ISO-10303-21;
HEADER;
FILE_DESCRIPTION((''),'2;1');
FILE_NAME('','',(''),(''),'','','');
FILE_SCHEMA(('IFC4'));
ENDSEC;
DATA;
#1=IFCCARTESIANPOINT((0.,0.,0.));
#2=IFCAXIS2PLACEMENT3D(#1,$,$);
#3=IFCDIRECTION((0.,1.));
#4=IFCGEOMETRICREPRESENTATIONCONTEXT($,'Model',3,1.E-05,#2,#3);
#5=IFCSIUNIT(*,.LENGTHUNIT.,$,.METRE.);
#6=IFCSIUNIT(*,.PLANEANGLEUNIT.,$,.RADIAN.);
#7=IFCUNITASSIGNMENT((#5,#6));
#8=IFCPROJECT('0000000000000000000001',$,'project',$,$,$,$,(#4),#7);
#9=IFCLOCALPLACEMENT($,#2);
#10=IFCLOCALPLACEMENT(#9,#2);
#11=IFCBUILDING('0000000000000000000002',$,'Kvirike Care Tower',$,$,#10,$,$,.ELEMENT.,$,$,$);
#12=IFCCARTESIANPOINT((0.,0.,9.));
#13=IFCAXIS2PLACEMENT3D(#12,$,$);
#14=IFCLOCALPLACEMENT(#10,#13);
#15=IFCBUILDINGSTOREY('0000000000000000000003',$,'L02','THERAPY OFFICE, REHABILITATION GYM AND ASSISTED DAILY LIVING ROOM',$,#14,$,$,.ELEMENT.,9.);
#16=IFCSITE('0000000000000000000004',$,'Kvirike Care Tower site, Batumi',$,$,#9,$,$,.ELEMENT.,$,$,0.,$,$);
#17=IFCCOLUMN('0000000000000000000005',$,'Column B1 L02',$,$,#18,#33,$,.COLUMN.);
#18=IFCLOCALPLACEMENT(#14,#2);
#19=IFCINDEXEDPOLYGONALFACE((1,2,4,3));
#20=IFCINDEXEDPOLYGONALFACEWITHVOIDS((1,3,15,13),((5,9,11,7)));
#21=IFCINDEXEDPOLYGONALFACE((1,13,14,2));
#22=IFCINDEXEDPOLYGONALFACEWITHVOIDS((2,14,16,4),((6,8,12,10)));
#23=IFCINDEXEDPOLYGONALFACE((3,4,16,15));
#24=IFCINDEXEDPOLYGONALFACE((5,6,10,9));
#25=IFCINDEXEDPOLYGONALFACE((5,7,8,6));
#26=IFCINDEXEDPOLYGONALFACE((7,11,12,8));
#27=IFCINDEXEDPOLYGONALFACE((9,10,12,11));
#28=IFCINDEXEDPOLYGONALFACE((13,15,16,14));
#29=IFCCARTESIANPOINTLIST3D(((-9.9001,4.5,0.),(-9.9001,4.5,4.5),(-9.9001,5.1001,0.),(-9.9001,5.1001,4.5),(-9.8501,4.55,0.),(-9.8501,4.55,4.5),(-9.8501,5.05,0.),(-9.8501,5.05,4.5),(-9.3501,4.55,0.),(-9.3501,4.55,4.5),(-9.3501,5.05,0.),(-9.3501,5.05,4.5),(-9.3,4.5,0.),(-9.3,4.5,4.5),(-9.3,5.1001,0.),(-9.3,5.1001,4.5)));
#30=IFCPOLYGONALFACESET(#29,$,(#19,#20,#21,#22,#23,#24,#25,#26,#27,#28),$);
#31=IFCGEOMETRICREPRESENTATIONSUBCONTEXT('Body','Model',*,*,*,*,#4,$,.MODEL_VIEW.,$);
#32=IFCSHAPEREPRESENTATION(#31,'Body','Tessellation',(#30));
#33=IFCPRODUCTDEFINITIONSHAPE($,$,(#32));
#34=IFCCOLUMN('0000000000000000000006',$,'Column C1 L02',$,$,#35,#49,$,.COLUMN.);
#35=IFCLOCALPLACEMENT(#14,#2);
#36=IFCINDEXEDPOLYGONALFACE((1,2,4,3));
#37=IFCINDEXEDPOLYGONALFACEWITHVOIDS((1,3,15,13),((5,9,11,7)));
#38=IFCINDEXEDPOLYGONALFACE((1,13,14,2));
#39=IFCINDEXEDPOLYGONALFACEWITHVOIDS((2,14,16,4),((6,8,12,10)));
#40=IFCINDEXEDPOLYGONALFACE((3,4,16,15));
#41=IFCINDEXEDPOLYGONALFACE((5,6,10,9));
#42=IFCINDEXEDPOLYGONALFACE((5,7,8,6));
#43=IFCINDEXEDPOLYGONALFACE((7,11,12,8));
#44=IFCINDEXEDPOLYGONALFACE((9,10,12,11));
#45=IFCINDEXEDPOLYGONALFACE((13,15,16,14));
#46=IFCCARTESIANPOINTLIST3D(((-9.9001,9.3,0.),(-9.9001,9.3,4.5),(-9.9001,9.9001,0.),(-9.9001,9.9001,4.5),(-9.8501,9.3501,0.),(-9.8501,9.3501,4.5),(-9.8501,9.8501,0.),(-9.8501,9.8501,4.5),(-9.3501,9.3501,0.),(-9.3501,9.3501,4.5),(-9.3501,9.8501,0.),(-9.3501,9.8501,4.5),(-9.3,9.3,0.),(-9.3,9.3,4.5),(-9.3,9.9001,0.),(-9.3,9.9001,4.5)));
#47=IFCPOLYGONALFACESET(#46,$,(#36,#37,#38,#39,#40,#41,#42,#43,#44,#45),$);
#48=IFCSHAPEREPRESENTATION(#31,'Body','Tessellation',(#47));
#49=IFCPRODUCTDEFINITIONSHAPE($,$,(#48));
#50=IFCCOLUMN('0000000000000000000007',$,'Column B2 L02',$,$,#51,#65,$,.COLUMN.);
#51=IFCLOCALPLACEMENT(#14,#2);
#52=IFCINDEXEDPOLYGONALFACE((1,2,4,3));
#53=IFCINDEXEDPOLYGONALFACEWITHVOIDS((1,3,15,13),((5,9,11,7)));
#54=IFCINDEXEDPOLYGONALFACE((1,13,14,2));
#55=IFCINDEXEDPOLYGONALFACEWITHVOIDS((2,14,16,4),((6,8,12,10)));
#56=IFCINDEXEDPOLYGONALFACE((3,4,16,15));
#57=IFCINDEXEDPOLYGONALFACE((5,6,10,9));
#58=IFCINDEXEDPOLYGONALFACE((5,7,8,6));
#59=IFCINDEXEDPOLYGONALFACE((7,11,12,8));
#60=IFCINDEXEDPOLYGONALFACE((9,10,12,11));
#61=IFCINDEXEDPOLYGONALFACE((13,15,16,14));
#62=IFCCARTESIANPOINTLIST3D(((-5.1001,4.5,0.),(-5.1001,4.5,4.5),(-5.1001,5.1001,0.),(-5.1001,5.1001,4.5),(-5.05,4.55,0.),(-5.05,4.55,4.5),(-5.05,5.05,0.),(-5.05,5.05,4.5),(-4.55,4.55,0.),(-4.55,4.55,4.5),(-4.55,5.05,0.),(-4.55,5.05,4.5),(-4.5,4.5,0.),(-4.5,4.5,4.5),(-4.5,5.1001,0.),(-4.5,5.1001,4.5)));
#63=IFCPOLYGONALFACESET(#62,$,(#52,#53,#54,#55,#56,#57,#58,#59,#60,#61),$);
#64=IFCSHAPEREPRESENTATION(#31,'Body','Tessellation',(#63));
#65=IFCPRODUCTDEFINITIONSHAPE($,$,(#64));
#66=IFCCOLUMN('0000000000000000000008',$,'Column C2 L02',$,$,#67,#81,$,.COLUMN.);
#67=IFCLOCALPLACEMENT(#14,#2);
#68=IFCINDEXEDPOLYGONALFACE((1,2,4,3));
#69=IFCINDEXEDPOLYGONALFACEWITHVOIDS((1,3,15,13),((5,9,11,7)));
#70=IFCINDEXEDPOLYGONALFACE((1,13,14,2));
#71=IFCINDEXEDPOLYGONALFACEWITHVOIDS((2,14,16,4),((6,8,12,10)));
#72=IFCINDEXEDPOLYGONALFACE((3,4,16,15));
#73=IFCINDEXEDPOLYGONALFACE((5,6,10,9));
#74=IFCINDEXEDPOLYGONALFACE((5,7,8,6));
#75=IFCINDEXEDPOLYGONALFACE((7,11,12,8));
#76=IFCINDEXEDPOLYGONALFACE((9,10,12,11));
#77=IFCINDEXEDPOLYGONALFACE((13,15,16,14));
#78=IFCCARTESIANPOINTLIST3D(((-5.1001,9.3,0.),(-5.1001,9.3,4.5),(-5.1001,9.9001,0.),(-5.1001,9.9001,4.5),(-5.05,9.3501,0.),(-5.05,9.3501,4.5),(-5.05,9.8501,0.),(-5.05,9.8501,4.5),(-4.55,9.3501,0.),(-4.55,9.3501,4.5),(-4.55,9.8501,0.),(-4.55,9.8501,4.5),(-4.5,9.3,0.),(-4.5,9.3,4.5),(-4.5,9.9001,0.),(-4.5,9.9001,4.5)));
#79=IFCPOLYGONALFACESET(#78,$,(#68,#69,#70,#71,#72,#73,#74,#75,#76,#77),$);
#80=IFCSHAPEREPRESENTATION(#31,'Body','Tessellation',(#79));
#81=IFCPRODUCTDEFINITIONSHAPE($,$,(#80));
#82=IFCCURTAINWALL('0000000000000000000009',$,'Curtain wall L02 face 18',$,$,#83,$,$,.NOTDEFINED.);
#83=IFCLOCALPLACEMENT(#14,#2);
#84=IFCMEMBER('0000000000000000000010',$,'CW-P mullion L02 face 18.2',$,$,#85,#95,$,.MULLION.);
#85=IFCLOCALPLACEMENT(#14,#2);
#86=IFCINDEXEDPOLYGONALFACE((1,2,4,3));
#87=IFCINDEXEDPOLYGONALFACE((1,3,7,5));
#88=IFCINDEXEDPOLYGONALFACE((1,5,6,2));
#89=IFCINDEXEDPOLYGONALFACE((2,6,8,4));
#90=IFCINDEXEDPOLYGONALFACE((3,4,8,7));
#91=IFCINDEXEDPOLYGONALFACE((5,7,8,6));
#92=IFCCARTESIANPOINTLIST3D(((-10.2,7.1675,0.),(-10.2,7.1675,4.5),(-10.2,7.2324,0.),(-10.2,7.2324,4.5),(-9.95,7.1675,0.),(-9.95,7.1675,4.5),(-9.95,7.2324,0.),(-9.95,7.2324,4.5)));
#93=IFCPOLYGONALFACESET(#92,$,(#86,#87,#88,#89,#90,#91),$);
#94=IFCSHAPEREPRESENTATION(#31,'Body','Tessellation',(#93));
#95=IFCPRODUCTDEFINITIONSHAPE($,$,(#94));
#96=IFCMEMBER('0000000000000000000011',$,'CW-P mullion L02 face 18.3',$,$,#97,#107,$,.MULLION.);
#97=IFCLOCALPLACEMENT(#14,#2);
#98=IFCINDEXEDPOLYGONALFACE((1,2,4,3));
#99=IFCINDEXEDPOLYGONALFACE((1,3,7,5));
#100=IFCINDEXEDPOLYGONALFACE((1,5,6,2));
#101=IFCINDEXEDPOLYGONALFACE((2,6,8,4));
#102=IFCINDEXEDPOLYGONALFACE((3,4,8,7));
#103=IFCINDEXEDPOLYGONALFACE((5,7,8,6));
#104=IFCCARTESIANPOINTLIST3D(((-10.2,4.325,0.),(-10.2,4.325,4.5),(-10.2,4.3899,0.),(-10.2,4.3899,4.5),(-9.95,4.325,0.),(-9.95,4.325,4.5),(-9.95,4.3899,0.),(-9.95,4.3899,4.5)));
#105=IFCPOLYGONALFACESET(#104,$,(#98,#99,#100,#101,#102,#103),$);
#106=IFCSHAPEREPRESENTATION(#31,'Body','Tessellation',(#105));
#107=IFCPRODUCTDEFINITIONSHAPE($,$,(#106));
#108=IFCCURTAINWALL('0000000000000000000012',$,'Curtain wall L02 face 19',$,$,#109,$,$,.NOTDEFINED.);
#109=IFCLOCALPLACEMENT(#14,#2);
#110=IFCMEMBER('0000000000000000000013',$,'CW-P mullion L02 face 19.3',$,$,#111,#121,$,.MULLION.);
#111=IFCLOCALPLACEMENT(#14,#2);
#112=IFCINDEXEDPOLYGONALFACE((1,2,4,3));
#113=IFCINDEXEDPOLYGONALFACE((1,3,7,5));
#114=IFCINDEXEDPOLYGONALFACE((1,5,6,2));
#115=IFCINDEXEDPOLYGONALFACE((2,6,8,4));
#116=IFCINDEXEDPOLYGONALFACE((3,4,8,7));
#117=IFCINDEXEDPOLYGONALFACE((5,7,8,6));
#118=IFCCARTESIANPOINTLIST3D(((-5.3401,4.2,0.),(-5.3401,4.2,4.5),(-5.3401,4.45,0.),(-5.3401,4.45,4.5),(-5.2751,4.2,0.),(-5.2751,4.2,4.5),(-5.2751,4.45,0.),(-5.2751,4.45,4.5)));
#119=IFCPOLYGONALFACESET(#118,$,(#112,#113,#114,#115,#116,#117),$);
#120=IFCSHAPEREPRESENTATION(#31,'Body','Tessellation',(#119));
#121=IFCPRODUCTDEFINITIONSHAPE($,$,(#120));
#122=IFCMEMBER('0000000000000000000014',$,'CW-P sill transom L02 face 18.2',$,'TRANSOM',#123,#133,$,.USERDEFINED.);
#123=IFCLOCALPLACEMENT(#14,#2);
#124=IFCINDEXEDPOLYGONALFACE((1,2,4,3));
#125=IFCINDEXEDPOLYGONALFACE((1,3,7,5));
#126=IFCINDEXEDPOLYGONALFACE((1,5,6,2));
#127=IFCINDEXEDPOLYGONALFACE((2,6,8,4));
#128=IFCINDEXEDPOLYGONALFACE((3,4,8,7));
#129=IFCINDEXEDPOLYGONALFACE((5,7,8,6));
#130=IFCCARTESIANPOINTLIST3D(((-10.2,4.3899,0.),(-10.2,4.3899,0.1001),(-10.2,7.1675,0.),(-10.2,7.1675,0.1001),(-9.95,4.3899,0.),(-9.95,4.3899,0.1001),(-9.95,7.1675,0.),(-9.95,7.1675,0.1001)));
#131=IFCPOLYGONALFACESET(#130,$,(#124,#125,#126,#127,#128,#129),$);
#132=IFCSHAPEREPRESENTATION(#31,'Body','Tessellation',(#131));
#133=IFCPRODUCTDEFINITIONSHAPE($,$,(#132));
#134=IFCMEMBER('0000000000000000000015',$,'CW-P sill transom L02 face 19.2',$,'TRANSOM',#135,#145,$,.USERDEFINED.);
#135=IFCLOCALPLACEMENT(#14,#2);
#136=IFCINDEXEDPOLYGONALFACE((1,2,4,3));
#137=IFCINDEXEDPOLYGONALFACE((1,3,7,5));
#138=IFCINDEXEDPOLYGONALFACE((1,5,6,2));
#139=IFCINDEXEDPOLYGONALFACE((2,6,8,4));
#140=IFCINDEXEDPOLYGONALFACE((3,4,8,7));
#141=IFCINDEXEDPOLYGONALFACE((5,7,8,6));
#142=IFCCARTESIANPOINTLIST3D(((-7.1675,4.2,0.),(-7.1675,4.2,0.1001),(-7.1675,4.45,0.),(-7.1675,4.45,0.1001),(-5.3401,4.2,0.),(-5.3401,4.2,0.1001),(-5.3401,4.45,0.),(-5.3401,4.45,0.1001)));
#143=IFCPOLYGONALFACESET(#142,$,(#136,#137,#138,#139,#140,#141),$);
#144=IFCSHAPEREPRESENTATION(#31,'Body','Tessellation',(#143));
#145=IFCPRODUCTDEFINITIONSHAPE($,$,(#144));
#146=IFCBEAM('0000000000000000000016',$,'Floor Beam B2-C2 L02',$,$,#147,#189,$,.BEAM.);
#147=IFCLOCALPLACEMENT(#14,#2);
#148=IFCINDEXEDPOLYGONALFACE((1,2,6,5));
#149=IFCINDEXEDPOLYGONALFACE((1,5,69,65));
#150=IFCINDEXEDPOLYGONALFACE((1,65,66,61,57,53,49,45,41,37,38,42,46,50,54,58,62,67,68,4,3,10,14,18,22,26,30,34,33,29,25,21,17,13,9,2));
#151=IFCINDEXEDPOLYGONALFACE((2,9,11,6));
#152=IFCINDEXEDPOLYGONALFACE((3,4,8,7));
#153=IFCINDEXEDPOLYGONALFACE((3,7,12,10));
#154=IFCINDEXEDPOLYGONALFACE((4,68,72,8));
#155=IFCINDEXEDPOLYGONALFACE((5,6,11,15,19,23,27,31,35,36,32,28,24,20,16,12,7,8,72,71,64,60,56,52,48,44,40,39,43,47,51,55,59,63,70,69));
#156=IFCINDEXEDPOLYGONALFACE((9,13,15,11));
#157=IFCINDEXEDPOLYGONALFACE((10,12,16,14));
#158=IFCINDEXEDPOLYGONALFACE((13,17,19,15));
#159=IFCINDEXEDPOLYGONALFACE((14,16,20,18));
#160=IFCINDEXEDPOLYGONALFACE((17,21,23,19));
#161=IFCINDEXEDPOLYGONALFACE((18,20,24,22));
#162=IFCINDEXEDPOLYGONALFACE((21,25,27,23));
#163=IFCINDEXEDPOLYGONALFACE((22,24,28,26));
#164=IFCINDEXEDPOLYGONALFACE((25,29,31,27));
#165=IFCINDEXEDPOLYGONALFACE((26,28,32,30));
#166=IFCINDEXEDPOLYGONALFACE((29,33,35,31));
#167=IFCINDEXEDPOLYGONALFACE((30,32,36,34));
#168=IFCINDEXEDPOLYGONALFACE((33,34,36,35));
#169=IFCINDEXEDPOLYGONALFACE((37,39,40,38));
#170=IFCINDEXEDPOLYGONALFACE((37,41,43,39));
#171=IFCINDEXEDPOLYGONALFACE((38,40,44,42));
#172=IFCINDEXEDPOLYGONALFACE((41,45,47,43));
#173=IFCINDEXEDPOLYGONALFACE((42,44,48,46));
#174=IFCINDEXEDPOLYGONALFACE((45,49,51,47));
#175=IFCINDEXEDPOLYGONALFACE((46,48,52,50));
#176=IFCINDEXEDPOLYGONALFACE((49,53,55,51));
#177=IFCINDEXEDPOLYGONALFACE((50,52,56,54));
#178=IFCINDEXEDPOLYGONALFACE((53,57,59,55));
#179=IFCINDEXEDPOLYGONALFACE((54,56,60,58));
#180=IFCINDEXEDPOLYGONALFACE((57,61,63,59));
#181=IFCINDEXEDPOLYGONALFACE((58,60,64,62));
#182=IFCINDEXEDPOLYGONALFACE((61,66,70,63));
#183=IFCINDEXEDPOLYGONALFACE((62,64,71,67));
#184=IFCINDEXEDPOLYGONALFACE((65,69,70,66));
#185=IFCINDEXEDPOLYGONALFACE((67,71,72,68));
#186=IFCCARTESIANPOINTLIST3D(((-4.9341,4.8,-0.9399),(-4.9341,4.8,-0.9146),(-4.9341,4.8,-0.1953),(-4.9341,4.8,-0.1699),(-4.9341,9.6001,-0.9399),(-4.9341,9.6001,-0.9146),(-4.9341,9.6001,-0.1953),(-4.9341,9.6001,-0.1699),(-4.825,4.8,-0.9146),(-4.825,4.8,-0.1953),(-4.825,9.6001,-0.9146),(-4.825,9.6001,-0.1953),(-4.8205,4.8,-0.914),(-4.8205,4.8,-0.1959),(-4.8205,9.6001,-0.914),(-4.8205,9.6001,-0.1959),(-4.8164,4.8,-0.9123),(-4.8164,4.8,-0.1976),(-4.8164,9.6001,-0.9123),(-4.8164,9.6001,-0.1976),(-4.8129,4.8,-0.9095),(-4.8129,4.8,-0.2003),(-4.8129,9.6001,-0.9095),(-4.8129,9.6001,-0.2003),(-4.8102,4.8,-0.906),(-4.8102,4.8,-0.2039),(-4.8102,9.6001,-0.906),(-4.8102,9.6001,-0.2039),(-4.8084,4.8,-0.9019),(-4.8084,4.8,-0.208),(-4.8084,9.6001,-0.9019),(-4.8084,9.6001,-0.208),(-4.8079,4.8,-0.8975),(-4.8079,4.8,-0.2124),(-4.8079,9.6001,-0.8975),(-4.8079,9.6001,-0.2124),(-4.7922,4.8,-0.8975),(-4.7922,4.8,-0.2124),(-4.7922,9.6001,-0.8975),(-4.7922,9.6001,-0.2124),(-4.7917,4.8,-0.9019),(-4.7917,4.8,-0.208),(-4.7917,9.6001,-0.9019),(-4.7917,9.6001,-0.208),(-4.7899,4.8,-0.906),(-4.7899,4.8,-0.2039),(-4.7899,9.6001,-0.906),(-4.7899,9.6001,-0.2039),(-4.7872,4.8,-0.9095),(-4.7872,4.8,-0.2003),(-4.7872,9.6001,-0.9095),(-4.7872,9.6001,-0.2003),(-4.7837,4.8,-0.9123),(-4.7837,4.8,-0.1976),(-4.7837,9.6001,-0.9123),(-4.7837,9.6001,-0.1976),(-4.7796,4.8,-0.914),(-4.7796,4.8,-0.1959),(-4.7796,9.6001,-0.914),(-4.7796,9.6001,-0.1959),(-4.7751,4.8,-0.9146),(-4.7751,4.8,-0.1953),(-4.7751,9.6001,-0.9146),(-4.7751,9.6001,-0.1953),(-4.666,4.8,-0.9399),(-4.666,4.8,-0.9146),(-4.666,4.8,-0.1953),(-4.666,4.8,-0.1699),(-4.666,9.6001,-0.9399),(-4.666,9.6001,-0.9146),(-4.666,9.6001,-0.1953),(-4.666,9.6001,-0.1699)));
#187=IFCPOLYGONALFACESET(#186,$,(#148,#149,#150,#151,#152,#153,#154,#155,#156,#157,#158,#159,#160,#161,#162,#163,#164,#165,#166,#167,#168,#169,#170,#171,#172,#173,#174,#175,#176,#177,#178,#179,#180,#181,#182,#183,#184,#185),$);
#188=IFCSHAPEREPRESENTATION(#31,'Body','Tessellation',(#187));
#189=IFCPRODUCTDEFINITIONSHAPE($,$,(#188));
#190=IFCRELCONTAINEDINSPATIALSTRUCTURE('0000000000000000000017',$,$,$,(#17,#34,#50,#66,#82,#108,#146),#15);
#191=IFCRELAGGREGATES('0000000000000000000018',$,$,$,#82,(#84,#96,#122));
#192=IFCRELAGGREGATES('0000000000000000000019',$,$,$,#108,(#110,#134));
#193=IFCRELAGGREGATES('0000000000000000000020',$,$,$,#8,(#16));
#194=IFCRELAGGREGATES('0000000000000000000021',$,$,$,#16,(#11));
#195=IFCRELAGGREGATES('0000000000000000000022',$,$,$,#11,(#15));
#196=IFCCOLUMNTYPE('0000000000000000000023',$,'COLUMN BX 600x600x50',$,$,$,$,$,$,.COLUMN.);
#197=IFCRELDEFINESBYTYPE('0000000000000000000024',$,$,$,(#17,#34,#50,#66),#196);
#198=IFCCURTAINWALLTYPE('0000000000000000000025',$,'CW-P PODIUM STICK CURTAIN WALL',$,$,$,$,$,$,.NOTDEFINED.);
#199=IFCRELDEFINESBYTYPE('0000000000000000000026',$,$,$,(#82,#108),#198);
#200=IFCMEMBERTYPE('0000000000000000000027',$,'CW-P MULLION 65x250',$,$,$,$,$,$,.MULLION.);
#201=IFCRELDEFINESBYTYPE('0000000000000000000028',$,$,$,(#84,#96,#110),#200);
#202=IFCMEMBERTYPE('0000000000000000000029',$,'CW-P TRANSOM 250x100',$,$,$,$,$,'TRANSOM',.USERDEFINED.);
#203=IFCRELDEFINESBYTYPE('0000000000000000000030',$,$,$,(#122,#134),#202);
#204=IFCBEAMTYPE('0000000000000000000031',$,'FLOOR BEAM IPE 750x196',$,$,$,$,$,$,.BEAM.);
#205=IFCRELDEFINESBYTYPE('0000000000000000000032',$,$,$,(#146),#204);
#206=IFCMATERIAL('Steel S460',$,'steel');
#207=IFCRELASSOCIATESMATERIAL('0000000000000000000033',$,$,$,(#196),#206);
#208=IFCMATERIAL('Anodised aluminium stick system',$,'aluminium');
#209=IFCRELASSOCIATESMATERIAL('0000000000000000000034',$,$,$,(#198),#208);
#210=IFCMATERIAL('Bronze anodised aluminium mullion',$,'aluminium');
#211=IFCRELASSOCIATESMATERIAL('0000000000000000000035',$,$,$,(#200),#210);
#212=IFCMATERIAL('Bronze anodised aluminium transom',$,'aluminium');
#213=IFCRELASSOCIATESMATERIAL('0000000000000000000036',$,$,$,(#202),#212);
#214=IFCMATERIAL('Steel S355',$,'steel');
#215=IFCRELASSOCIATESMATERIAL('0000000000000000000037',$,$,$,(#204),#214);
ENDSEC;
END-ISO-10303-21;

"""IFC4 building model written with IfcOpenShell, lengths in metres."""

from ifc_helpers import new_model, si_unit, direction, frame, origin, origin_2d, place, context, subcontext, project, spatial, rectangle, hollow_rectangle, i_section, extrude, material, material_profile, profile_set, type_object, element, aggregate, save


model = new_model("IFC4")

# Units and contexts
model_context = context("Model", 3, precision=1e-05, world=origin(), true_north=direction((0.0, 1.0)))
body_context = subcontext(model_context, "Body", "Model", "MODEL_VIEW")
ifc_project = project(units=[si_unit("LENGTHUNIT", "METRE"), si_unit("PLANEANGLEUNIT", "RADIAN")], contexts=[model_context])

# Site, building, storey
site_placement = place(None, origin())
site = spatial("IfcSite", under=ifc_project, at=site_placement, Name="Kvirike Care Tower site, Batumi", CompositionType="ELEMENT", RefElevation=0.0)
building_placement = place(site_placement, origin())
building = spatial("IfcBuilding", under=site, at=building_placement, Name="Kvirike Care Tower", CompositionType="ELEMENT")
storey_placement = place(building_placement, frame((0.0, 0.0, 9.0)))
storey = spatial("IfcBuildingStorey", under=building, at=storey_placement, Name="L02", Description="THERAPY OFFICE, REHABILITATION GYM AND ASSISTED DAILY LIVING ROOM", CompositionType="ELEMENT", Elevation=9.0)

# Columns
ifc_material_1 = material(Name="Steel S460", Category="steel")
ifc_material_profile_1 = material_profile(ifc_material_1, hollow_rectangle(XDim=0.6001, YDim=0.6001, WallThickness=0.05, at=origin_2d()), Name="BX 600x600x50")
ifc_profile_set_1 = profile_set([ifc_material_profile_1], Name="Steel S460")
column_type = type_object("IfcColumnType", Name="COLUMN BX 600x600x50", PredefinedType="COLUMN", material=ifc_profile_set_1)
for number, where, z_axis, x_axis, name in (
    (1, (-9.6001, 4.8, 0.0), (0.0, 0.0, 1.0), (0.0, 1.0, 0.0), "Column B1 L02"),
    (2, (-9.6001, 9.6001, 0.0), (0.0, 0.0, 1.0), (0.0, 1.0, 0.0), "Column C1 L02"),
    (3, (-4.8, 4.8, 0.0), (0.0, 0.0, 1.0), (0.0, 1.0, 0.0), "Column B2 L02"),
    (4, (-4.8, 9.6001, 0.0), (0.0, 0.0, 1.0), (0.0, 1.0, 0.0), "Column C2 L02"),
):
    element("IfcColumn", number, at=place(storey_placement, frame(where, z_axis=z_axis, x_axis=x_axis)), inside=storey, type_object=column_type, Name=name, PredefinedType="COLUMN", context=body_context, shape_type="SweptSolid", body=[
        extrude(hollow_rectangle(XDim=0.6001, YDim=0.6001, WallThickness=0.05, at=origin_2d()), origin(), (0.0, 0.0, 1.0), 4.5),
    ])

# Curtain wall, members
ifc_material_2 = material(Name="Anodised aluminium stick system", Category="aluminium")
curtain_wall_type = type_object("IfcCurtainWallType", Name="CW-P PODIUM STICK CURTAIN WALL", PredefinedType="NOTDEFINED", material=ifc_material_2)
curtain_wall_1_placement = place(storey_placement, origin())
curtain_wall_1 = element("IfcCurtainWall", 5, at=curtain_wall_1_placement, inside=storey, type_object=curtain_wall_type, Name="Curtain wall L02 face 18", PredefinedType="NOTDEFINED")
ifc_material_3 = material(Name="Bronze anodised aluminium mullion", Category="aluminium")
ifc_material_profile_2 = material_profile(ifc_material_3, rectangle(XDim=0.0649, YDim=0.25, at=origin_2d()), Name="CW-P MULLION 65x250")
ifc_profile_set_2 = profile_set([ifc_material_profile_2], Name="Bronze anodised aluminium mullion")
member_type_1 = type_object("IfcMemberType", Name="CW-P MULLION 65x250", PredefinedType="MULLION", material=ifc_profile_set_2)
member_1_placement = place(storey_placement, frame((-10.075, 7.2, 0.0), z_axis=(0.0, 0.0, 1.0), x_axis=(0.0, -1.0, 0.0)))
member_1 = element("IfcMember", 6, at=member_1_placement, type_object=member_type_1, Name="CW-P mullion L02 face 18.2", PredefinedType="MULLION", context=body_context, shape_type="SweptSolid", body=[
    extrude(rectangle(XDim=0.0649, YDim=0.25, at=origin_2d()), origin(), (0.0, 0.0, 1.0), 4.5),
])
member_2_placement = place(storey_placement, frame((-10.075, 4.3574, 0.0), z_axis=(0.0, 0.0, 1.0), x_axis=(0.0, -1.0, 0.0)))
member_2 = element("IfcMember", 7, at=member_2_placement, type_object=member_type_1, Name="CW-P mullion L02 face 18.3", PredefinedType="MULLION", context=body_context, shape_type="SweptSolid", body=[
    extrude(rectangle(XDim=0.0649, YDim=0.25, at=origin_2d()), origin(), (0.0, 0.0, 1.0), 4.5),
])

# Curtain wall, member
curtain_wall_2_placement = place(storey_placement, origin())
curtain_wall_2 = element("IfcCurtainWall", 8, at=curtain_wall_2_placement, inside=storey, type_object=curtain_wall_type, Name="Curtain wall L02 face 19", PredefinedType="NOTDEFINED")
member_3_placement = place(storey_placement, frame((-5.3076, 4.325, 0.0), z_axis=(0.0, 0.0, 1.0), x_axis=(1.0, 0.0, 0.0)))
member_3 = element("IfcMember", 9, at=member_3_placement, type_object=member_type_1, Name="CW-P mullion L02 face 19.3", PredefinedType="MULLION", context=body_context, shape_type="SweptSolid", body=[
    extrude(rectangle(XDim=0.0649, YDim=0.25, at=origin_2d()), origin(), (0.0, 0.0, 1.0), 4.5),
])

# Members
ifc_material_4 = material(Name="Bronze anodised aluminium transom", Category="aluminium")
ifc_material_profile_3 = material_profile(ifc_material_4, rectangle(XDim=0.25, YDim=0.1001, at=origin_2d()), Name="CW-P TRANSOM 250x100")
ifc_profile_set_3 = profile_set([ifc_material_profile_3], Name="Bronze anodised aluminium transom")
member_type_2 = type_object("IfcMemberType", Name="CW-P TRANSOM 250x100", ElementType="TRANSOM", PredefinedType="USERDEFINED", material=ifc_profile_set_3)
member_4_placement = place(storey_placement, frame((-10.075, 7.1675, 0.05), z_axis=(0.0, -1.0, 0.0), x_axis=(1.0, 0.0, 0.0)))
member_4 = element("IfcMember", 10, at=member_4_placement, type_object=member_type_2, Name="CW-P sill transom L02 face 18.2", ObjectType="TRANSOM", PredefinedType="USERDEFINED", context=body_context, shape_type="SweptSolid", body=[
    extrude(rectangle(XDim=0.25, YDim=0.1001, at=origin_2d()), origin(), (0.0, 0.0, 1.0), 2.7776),
])
member_5_placement = place(storey_placement, frame((-7.1675, 4.325, 0.05), z_axis=(1.0, 0.0, 0.0), x_axis=(0.0, 1.0, 0.0)))
member_5 = element("IfcMember", 11, at=member_5_placement, type_object=member_type_2, Name="CW-P sill transom L02 face 19.2", ObjectType="TRANSOM", PredefinedType="USERDEFINED", context=body_context, shape_type="SweptSolid", body=[
    extrude(rectangle(XDim=0.25, YDim=0.1001, at=origin_2d()), origin(), (0.0, 0.0, 1.0), 1.8274),
])

# Beam
ifc_material_5 = material(Name="Steel S355", Category="steel")
ifc_material_profile_4 = material_profile(ifc_material_5, i_section(OverallWidth=0.2681, OverallDepth=0.77, WebThickness=0.0156, FlangeThickness=0.0254, FilletRadius=0.0171, at=origin_2d()), Name="IPE 750x196")
ifc_profile_set_4 = profile_set([ifc_material_profile_4], Name="Steel S355")
beam_type_1 = type_object("IfcBeamType", Name="FLOOR BEAM IPE 750x196", PredefinedType="BEAM", material=ifc_profile_set_4)
beam_placement = place(storey_placement, frame((-4.8, 4.8, -0.5549), z_axis=(0.0, 1.0, 0.0), x_axis=(-1.0, 0.0, 0.0)))
element("IfcBeam", 12, at=beam_placement, inside=storey, type_object=beam_type_1, Name="Floor Beam B2-C2 L02", PredefinedType="BEAM", context=body_context, shape_type="SweptSolid", body=[
    extrude(i_section(OverallWidth=0.2681, OverallDepth=0.77, WebThickness=0.0156, FlangeThickness=0.0254, FilletRadius=0.0171, at=origin_2d()), origin(), (0.0, 0.0, 1.0), 4.8),
])

aggregate(curtain_wall_1, [member_1, member_2, member_4])
aggregate(curtain_wall_2, [member_3, member_5])

save(model, "model.ifc")
